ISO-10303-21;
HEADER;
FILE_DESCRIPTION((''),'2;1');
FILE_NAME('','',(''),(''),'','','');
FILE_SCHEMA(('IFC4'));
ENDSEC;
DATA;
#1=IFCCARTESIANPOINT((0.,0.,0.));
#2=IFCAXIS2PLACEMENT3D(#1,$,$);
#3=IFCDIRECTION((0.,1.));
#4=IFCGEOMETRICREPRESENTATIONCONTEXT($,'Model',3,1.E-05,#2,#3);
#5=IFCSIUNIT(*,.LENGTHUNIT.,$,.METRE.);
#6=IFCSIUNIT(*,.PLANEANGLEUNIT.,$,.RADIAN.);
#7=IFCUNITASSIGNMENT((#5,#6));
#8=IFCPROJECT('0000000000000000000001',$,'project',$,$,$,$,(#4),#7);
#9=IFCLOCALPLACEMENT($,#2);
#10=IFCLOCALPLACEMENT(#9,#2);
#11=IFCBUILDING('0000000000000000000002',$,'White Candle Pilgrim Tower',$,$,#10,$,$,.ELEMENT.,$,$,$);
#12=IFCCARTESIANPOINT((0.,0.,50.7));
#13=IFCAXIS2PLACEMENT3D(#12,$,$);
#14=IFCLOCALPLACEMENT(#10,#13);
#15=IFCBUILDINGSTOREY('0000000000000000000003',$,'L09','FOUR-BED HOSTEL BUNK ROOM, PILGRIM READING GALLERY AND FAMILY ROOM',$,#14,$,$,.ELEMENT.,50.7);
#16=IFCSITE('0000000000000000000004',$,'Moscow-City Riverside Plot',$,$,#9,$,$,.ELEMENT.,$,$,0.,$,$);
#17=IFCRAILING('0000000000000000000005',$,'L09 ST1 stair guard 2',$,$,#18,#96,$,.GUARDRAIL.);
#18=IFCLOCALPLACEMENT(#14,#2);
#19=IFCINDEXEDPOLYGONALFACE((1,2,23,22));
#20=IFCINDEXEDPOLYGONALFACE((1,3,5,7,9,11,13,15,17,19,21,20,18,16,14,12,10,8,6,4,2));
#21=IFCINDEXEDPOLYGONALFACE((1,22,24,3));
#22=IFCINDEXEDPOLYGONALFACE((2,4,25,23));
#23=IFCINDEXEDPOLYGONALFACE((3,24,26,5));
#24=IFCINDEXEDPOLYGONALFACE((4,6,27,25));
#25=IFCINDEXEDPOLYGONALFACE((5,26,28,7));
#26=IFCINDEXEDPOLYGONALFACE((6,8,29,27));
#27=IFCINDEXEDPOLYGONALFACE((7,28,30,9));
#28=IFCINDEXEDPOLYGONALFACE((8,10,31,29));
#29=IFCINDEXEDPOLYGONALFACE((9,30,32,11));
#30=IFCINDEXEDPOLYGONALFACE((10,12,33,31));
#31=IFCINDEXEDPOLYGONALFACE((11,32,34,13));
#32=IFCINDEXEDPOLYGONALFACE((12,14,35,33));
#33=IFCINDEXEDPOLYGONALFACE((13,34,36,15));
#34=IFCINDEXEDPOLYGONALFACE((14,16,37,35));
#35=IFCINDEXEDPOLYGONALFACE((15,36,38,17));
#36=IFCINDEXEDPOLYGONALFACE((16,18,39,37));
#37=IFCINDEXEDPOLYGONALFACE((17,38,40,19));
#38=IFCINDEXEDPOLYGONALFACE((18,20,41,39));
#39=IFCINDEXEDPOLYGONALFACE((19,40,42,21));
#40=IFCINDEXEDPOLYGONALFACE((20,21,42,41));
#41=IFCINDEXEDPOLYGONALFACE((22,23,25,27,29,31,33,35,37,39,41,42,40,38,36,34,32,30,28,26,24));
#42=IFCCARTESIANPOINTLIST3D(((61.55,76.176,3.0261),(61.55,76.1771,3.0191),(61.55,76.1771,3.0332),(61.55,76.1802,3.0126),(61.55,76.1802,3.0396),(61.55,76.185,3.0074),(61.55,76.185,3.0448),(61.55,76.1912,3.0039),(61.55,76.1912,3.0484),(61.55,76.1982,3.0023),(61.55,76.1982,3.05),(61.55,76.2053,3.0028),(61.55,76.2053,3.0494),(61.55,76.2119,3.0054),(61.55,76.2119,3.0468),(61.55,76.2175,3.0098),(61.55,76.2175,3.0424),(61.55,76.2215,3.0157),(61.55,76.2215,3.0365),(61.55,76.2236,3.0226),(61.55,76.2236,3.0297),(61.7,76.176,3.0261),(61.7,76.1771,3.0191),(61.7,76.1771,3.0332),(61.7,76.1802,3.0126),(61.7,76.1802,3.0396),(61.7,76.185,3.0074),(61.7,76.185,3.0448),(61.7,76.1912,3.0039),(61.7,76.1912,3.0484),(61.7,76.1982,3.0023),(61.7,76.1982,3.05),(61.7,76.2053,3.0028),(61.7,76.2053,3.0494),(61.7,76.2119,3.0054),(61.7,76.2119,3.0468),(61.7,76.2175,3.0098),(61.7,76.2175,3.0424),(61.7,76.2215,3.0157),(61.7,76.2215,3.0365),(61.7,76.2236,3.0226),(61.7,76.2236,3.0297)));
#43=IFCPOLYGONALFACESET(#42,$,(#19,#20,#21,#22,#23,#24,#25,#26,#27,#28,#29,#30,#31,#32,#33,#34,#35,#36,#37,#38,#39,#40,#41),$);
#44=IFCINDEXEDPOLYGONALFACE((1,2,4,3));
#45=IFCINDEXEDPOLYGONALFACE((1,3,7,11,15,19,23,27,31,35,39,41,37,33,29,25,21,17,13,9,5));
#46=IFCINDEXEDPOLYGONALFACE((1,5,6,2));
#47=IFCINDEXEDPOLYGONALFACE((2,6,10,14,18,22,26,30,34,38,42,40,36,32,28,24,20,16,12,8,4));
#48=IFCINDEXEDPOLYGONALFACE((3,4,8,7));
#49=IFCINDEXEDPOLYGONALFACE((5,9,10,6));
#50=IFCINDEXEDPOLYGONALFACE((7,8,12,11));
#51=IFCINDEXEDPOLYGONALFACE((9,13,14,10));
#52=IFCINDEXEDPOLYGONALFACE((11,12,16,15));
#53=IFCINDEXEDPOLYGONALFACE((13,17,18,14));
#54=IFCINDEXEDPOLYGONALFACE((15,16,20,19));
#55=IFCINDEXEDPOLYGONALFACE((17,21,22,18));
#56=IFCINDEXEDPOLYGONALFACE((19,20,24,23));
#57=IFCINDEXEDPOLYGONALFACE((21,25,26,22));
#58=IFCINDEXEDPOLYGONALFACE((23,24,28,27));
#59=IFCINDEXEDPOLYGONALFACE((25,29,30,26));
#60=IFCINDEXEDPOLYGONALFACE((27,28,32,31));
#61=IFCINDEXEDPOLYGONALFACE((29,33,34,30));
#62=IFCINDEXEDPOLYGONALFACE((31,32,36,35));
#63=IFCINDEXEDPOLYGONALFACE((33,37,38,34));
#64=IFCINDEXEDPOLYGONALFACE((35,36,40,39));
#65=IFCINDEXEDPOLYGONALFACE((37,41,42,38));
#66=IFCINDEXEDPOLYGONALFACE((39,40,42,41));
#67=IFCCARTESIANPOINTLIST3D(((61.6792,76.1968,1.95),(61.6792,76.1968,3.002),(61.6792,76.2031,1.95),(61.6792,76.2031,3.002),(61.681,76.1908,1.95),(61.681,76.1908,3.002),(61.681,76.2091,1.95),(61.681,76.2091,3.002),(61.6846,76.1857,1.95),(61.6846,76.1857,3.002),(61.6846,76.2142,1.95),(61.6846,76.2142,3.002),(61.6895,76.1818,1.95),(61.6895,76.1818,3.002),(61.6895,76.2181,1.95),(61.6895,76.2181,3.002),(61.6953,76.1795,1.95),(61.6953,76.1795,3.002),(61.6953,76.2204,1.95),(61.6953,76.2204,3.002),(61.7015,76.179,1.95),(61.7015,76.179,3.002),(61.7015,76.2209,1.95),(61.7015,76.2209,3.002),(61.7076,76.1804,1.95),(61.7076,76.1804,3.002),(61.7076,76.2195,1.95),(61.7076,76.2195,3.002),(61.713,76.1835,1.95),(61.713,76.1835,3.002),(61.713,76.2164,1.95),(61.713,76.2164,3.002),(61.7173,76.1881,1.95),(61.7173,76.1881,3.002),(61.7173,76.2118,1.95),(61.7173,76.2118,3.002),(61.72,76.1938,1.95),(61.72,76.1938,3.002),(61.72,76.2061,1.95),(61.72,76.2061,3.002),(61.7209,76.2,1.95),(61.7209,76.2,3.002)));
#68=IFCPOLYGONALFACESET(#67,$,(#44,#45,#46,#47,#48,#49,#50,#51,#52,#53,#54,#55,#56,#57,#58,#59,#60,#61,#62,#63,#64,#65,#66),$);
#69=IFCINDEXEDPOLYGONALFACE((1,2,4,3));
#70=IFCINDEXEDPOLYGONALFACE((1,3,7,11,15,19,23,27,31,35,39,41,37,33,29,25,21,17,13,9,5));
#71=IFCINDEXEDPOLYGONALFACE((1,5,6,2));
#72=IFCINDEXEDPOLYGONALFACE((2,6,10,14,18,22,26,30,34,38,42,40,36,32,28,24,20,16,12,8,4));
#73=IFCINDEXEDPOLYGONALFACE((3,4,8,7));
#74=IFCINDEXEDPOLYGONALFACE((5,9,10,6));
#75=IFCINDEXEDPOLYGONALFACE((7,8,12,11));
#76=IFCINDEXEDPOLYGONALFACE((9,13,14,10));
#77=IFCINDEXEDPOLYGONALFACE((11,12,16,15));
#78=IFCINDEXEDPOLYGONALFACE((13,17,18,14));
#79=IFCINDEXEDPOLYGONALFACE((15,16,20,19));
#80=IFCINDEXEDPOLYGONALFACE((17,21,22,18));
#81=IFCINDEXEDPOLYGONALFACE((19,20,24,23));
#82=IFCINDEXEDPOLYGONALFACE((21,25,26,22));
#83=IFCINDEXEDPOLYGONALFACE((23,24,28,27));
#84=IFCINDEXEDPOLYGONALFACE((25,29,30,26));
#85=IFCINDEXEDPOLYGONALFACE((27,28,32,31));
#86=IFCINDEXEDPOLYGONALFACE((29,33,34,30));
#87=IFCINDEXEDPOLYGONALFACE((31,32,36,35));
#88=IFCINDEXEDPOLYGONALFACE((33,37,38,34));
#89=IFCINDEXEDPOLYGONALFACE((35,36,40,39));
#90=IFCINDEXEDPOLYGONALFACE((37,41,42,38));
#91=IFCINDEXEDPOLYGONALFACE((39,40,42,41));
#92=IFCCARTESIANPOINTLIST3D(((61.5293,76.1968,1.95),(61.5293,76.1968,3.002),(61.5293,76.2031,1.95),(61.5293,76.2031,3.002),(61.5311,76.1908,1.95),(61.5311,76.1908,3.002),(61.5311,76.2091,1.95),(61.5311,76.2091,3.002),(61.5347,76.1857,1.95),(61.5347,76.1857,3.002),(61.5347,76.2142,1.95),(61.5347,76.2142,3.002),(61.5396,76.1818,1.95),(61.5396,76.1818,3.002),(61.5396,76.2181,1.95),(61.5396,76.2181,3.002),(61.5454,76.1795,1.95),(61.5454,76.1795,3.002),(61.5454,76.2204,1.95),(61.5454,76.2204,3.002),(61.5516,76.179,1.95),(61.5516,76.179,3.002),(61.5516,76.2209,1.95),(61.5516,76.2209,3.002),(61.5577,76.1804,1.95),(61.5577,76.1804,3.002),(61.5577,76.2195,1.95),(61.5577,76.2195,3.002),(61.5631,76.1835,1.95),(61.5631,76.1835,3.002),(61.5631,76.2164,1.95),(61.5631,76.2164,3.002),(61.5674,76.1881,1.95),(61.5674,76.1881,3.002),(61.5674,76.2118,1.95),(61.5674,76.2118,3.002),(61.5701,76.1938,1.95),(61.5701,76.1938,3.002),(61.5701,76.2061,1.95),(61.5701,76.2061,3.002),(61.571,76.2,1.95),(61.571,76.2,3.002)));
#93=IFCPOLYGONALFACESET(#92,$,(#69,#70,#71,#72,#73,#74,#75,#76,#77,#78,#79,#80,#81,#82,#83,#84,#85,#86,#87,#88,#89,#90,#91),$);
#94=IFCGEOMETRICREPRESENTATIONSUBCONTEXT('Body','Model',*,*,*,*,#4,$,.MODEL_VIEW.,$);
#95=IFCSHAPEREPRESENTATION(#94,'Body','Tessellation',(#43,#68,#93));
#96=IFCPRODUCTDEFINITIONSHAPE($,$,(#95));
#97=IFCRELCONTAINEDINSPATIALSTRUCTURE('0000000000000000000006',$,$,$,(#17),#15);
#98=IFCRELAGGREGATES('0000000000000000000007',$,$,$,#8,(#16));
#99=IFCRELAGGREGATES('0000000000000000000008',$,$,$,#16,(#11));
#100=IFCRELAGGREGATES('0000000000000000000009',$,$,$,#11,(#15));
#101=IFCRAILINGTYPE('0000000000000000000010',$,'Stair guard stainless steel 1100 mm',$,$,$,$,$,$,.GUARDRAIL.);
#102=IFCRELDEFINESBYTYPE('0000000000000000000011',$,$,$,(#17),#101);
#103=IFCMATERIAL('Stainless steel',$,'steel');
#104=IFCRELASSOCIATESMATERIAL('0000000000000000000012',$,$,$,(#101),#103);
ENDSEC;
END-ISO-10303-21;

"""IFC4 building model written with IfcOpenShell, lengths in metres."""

from ifc_helpers import new_model, si_unit, direction, frame, origin, origin_2d, place, context, subcontext, project, spatial, circle, extrude, material, type_object, element, save


model = new_model("IFC4")

# Units and contexts
model_context = context("Model", 3, precision=1e-05, world=origin(), true_north=direction((0.0, 1.0)))
body_context = subcontext(model_context, "Body", "Model", "MODEL_VIEW")
ifc_project = project(units=[si_unit("LENGTHUNIT", "METRE"), si_unit("PLANEANGLEUNIT", "RADIAN")], contexts=[model_context])

# Site, building, storey
site_placement = place(None, origin())
site = spatial("IfcSite", under=ifc_project, at=site_placement, Name="Moscow-City Riverside Plot", CompositionType="ELEMENT", RefElevation=0.0)
building_placement = place(site_placement, origin())
building = spatial("IfcBuilding", under=site, at=building_placement, Name="White Candle Pilgrim Tower", CompositionType="ELEMENT")
storey_placement = place(building_placement, frame((0.0, 0.0, 50.7)))
storey = spatial("IfcBuildingStorey", under=building, at=storey_placement, Name="L09", Description="FOUR-BED HOSTEL BUNK ROOM, PILGRIM READING GALLERY AND FAMILY ROOM", CompositionType="ELEMENT", Elevation=50.7)

# Railing
ifc_material_1 = material(Name="Stainless steel", Category="steel")
railing_type_1 = type_object("IfcRailingType", Name="Stair guard stainless steel 1100 mm", PredefinedType="GUARDRAIL", material=ifc_material_1)
railing_1_placement = place(storey_placement, frame((61.7, 76.2, 1.95)))
element("IfcRailing", 1, at=railing_1_placement, inside=storey, type_object=railing_type_1, Name="L09 ST1 stair guard 2", PredefinedType="GUARDRAIL", context=body_context, shape_type="SweptSolid", body=[
    extrude(circle(Radius=0.0239, at=origin_2d()), frame((0.0, 0.0, 1.0762), z_axis=(-1.0, 0.0, 0.0), x_axis=(0.0, -1.0, 0.0)), (0.0, 0.0, 1.0), 0.1499),
    extrude(circle(Radius=0.021, at=origin_2d()), origin(), (0.0, 0.0, 1.0), 1.052),
    extrude(circle(Radius=0.021, at=origin_2d()), frame((-0.1499, 0.0, 0.0)), (0.0, 0.0, 1.0), 1.052),
])

save(model, "model.ifc")
